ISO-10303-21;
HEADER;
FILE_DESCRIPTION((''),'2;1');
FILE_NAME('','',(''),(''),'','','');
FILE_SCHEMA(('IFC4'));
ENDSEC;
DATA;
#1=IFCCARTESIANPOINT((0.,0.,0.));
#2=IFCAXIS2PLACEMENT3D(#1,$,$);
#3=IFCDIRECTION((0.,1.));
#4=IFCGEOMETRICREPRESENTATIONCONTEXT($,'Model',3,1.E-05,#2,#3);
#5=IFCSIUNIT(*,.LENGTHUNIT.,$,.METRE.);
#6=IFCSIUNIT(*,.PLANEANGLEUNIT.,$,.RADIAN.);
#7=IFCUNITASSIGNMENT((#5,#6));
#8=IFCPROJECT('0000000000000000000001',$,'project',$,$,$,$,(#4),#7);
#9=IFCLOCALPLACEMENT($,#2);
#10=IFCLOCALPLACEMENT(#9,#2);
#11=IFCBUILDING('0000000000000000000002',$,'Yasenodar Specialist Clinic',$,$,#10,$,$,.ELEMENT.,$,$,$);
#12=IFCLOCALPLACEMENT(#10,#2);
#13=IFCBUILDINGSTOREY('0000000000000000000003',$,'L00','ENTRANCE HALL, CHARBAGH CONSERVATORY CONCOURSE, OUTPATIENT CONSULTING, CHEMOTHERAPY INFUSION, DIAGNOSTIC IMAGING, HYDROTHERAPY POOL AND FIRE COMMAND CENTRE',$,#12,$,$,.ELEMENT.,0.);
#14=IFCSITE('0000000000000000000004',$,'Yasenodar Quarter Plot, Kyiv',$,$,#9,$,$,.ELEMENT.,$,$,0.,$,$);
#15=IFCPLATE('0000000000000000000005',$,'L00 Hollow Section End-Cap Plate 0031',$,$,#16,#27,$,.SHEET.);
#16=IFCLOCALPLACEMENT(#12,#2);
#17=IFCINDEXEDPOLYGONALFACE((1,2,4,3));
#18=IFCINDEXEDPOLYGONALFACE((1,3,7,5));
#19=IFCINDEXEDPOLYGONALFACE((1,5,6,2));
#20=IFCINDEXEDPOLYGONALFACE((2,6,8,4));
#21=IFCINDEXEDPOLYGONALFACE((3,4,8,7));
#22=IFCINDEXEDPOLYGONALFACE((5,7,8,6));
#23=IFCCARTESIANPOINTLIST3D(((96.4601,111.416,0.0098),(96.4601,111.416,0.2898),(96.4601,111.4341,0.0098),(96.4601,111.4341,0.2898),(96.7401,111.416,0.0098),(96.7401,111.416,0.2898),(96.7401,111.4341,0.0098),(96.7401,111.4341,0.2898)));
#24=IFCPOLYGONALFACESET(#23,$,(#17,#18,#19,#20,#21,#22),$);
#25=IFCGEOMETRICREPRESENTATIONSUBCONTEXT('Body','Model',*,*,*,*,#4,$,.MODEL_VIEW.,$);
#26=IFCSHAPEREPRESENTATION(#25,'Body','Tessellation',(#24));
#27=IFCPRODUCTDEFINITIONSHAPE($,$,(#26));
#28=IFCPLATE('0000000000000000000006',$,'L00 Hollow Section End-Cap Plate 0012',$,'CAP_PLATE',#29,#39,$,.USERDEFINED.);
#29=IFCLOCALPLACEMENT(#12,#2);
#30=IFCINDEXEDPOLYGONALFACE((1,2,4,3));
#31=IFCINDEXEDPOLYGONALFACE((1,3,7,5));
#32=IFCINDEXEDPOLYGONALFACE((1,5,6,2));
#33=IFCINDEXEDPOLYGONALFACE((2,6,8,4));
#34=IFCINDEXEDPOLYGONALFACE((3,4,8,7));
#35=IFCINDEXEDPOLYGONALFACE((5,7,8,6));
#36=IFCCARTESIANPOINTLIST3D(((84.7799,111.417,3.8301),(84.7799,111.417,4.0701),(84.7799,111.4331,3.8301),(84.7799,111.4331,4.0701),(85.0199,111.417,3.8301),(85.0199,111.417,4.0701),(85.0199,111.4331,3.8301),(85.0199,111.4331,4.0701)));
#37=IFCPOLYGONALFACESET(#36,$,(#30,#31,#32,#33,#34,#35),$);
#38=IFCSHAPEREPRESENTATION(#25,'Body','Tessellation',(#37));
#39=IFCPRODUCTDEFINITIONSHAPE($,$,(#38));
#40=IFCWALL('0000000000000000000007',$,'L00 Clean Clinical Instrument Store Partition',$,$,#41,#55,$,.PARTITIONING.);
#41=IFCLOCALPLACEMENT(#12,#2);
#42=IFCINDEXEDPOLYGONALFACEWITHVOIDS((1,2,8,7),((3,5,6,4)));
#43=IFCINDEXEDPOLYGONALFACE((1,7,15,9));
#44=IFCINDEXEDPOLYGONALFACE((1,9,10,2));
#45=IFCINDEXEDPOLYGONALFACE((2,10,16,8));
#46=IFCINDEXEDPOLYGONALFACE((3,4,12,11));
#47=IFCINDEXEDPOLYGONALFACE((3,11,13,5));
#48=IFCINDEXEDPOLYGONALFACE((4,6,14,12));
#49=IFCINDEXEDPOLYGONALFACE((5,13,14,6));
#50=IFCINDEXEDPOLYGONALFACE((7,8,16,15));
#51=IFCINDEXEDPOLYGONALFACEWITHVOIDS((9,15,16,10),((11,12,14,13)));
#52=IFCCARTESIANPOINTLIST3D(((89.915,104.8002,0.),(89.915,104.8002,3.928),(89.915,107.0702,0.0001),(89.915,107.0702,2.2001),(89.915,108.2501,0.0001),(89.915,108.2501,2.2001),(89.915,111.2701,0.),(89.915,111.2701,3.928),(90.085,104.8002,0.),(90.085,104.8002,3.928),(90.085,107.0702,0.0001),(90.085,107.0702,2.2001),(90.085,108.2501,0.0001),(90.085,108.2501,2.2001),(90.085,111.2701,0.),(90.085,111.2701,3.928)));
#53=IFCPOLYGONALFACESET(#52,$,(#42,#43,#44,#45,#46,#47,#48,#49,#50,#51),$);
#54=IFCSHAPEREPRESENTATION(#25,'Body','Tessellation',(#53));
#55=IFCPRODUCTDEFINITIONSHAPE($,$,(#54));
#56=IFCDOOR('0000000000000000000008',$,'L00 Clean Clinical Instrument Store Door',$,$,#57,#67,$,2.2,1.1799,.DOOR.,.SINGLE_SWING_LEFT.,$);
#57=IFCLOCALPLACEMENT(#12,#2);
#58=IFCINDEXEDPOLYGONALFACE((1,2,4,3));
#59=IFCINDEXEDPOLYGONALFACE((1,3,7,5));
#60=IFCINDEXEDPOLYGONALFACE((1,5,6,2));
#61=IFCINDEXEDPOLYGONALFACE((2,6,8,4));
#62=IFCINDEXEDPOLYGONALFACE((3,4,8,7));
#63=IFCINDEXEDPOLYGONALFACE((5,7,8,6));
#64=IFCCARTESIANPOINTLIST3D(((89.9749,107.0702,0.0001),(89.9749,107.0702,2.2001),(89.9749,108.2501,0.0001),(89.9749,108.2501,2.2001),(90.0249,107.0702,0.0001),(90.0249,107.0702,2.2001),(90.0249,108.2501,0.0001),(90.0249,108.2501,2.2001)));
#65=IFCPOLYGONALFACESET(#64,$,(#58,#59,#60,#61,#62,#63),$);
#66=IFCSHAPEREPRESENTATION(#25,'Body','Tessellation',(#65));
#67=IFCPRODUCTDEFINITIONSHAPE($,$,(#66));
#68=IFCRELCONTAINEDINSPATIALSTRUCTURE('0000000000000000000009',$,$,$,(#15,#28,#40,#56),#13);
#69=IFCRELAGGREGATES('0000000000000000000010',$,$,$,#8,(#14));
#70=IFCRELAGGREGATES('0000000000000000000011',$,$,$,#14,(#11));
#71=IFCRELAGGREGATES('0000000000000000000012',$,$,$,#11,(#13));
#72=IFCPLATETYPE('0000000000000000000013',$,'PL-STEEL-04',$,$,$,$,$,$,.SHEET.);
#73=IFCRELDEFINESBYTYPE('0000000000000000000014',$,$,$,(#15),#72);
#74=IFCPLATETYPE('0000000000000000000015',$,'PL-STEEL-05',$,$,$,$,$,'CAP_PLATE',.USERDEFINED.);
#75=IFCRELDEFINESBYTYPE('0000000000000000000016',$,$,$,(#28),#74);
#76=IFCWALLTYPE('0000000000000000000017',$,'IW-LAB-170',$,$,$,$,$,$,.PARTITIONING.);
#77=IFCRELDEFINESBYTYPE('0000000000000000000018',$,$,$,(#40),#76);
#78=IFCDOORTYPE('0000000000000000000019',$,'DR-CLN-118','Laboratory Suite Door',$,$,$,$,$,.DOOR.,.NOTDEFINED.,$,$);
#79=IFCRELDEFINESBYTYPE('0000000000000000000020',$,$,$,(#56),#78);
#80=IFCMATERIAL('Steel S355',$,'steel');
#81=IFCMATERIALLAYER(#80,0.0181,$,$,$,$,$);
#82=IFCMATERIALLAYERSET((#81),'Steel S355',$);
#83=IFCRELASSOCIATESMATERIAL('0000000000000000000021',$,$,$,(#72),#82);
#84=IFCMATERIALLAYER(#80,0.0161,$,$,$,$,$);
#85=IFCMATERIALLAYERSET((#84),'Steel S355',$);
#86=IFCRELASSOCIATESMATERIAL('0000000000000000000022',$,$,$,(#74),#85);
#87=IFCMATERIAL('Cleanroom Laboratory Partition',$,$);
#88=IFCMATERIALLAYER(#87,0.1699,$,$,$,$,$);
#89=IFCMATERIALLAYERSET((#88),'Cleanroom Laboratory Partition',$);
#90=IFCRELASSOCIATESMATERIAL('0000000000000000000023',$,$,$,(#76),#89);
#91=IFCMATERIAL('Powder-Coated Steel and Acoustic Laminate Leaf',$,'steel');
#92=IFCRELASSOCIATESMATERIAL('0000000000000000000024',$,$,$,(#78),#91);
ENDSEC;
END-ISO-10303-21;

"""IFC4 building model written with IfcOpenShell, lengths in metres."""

from ifc_helpers import new_model, si_unit, direction, frame, frame_2d, origin, origin_2d, place, context, subcontext, project, spatial, rectangle, extrude, material, layer, layer_set, type_object, element, fill, save


model = new_model("IFC4")

# Units and contexts
model_context = context("Model", 3, precision=1e-05, world=origin(), true_north=direction((0.0, 1.0)))
body_context = subcontext(model_context, "Body", "Model", "MODEL_VIEW")
ifc_project = project(units=[si_unit("LENGTHUNIT", "METRE"), si_unit("PLANEANGLEUNIT", "RADIAN")], contexts=[model_context])

# Site, building, storey
site_placement = place(None, origin())
site = spatial("IfcSite", under=ifc_project, at=site_placement, Name="Yasenodar Quarter Plot, Kyiv", CompositionType="ELEMENT", RefElevation=0.0)
building_placement = place(site_placement, origin())
building = spatial("IfcBuilding", under=site, at=building_placement, Name="Yasenodar Specialist Clinic", CompositionType="ELEMENT")
storey_placement = place(building_placement, origin())
storey = spatial("IfcBuildingStorey", under=building, at=storey_placement, Name="L00", Description="ENTRANCE HALL, CHARBAGH CONSERVATORY CONCOURSE, OUTPATIENT CONSULTING, CHEMOTHERAPY INFUSION, DIAGNOSTIC IMAGING, HYDROTHERAPY POOL AND FIRE COMMAND CENTRE", CompositionType="ELEMENT", Elevation=0.0)

# Shared definitions
ifc_material_1 = material(Name="Steel S355", Category="steel")

# Plates
ifc_layer_1 = layer(ifc_material_1, 0.0181)
ifc_layer_set_1 = layer_set([ifc_layer_1], Name="Steel S355")
plate_type_1 = type_object("IfcPlateType", Name="PL-STEEL-04", PredefinedType="SHEET", material=ifc_layer_set_1)
plate_1_placement = place(storey_placement, frame((96.6001, 111.425, 0.0098), z_axis=(0.0, 0.0, 1.0), x_axis=(1.0, 0.0, 0.0)))
element("IfcPlate", 1, at=plate_1_placement, inside=storey, type_object=plate_type_1, Name="L00 Hollow Section End-Cap Plate 0031", PredefinedType="SHEET", context=body_context, shape_type="SweptSolid", body=[
    extrude(rectangle(XDim=0.28, YDim=0.0181, at=origin_2d()), origin(), (0.0, 0.0, 1.0), 0.28),
])
ifc_layer_2 = layer(ifc_material_1, 0.0161)
ifc_layer_set_2 = layer_set([ifc_layer_2], Name="Steel S355")
plate_type_2 = type_object("IfcPlateType", Name="PL-STEEL-05", ElementType="CAP_PLATE", PredefinedType="USERDEFINED", material=ifc_layer_set_2)
plate_2_placement = place(storey_placement, frame((84.8999, 111.425, 3.8301), z_axis=(0.0, 0.0, 1.0), x_axis=(1.0, 0.0, 0.0)))
element("IfcPlate", 2, at=plate_2_placement, inside=storey, type_object=plate_type_2, Name="L00 Hollow Section End-Cap Plate 0012", ObjectType="CAP_PLATE", PredefinedType="USERDEFINED", context=body_context, shape_type="SweptSolid", body=[
    extrude(rectangle(XDim=0.24, YDim=0.0161, at=origin_2d()), origin(), (0.0, 0.0, 1.0), 0.24),
])

# Wall, opening, door
ifc_material_2 = material(Name="Cleanroom Laboratory Partition")
ifc_layer_3 = layer(ifc_material_2, 0.1699)
ifc_layer_set_3 = layer_set([ifc_layer_3], Name="Cleanroom Laboratory Partition")
wall_type = type_object("IfcWallType", Name="IW-LAB-170", PredefinedType="PARTITIONING", material=ifc_layer_set_3)
wall_placement = place(storey_placement, frame((90.0, 111.27, 0.0), z_axis=(0.0, 0.0, 1.0), x_axis=(0.0, -1.0, 0.0)))
wall = element("IfcWall", 3, at=wall_placement, inside=storey, type_object=wall_type, Name="L00 Clean Clinical Instrument Store Partition", PredefinedType="PARTITIONING", context=body_context, shape_type="SweptSolid", body=[
    extrude(rectangle(XDim=6.47, YDim=0.1699, at=frame_2d((3.2349, 0.0))), origin(), (0.0, 0.0, 1.0), 3.928),
])
opening_placement = place(wall_placement, frame((3.02, 0.0, 0.0)))
opening = element("IfcOpeningElement", 4, at=opening_placement, cuts=wall, PredefinedType="OPENING", context=body_context, shape_type="SweptSolid", body=[
    extrude(rectangle(XDim=1.1799, YDim=2.2, at=frame_2d((0.5898, 1.1001))), frame((0.0, 0.095, 0.0), z_axis=(0.0, -1.0, 0.0), x_axis=(1.0, 0.0, 0.0)), (0.0, 0.0, 1.0), 0.1899),
])
ifc_material_3 = material(Name="Powder-Coated Steel and Acoustic Laminate Leaf", Category="steel")
door_type = type_object("IfcDoorType", Name="DR-CLN-118", Description="Laboratory Suite Door", OperationType="NOTDEFINED", PredefinedType="DOOR", material=ifc_material_3)
door_placement = place(opening_placement, origin())
door = element("IfcDoor", 5, at=door_placement, inside=storey, type_object=door_type, Name="L00 Clean Clinical Instrument Store Door", OperationType="SINGLE_SWING_LEFT", OverallHeight=2.2, OverallWidth=1.1799, PredefinedType="DOOR", context=body_context, shape_type="SweptSolid", body=[
    extrude(rectangle(XDim=1.1799, YDim=2.2, at=frame_2d((0.5898, 1.1001))), frame((0.0, 0.0249, 0.0), z_axis=(0.0, -1.0, 0.0), x_axis=(1.0, 0.0, 0.0)), (0.0, 0.0, 1.0), 0.05),
])
fill(opening, door)

save(model, "model.ifc")
